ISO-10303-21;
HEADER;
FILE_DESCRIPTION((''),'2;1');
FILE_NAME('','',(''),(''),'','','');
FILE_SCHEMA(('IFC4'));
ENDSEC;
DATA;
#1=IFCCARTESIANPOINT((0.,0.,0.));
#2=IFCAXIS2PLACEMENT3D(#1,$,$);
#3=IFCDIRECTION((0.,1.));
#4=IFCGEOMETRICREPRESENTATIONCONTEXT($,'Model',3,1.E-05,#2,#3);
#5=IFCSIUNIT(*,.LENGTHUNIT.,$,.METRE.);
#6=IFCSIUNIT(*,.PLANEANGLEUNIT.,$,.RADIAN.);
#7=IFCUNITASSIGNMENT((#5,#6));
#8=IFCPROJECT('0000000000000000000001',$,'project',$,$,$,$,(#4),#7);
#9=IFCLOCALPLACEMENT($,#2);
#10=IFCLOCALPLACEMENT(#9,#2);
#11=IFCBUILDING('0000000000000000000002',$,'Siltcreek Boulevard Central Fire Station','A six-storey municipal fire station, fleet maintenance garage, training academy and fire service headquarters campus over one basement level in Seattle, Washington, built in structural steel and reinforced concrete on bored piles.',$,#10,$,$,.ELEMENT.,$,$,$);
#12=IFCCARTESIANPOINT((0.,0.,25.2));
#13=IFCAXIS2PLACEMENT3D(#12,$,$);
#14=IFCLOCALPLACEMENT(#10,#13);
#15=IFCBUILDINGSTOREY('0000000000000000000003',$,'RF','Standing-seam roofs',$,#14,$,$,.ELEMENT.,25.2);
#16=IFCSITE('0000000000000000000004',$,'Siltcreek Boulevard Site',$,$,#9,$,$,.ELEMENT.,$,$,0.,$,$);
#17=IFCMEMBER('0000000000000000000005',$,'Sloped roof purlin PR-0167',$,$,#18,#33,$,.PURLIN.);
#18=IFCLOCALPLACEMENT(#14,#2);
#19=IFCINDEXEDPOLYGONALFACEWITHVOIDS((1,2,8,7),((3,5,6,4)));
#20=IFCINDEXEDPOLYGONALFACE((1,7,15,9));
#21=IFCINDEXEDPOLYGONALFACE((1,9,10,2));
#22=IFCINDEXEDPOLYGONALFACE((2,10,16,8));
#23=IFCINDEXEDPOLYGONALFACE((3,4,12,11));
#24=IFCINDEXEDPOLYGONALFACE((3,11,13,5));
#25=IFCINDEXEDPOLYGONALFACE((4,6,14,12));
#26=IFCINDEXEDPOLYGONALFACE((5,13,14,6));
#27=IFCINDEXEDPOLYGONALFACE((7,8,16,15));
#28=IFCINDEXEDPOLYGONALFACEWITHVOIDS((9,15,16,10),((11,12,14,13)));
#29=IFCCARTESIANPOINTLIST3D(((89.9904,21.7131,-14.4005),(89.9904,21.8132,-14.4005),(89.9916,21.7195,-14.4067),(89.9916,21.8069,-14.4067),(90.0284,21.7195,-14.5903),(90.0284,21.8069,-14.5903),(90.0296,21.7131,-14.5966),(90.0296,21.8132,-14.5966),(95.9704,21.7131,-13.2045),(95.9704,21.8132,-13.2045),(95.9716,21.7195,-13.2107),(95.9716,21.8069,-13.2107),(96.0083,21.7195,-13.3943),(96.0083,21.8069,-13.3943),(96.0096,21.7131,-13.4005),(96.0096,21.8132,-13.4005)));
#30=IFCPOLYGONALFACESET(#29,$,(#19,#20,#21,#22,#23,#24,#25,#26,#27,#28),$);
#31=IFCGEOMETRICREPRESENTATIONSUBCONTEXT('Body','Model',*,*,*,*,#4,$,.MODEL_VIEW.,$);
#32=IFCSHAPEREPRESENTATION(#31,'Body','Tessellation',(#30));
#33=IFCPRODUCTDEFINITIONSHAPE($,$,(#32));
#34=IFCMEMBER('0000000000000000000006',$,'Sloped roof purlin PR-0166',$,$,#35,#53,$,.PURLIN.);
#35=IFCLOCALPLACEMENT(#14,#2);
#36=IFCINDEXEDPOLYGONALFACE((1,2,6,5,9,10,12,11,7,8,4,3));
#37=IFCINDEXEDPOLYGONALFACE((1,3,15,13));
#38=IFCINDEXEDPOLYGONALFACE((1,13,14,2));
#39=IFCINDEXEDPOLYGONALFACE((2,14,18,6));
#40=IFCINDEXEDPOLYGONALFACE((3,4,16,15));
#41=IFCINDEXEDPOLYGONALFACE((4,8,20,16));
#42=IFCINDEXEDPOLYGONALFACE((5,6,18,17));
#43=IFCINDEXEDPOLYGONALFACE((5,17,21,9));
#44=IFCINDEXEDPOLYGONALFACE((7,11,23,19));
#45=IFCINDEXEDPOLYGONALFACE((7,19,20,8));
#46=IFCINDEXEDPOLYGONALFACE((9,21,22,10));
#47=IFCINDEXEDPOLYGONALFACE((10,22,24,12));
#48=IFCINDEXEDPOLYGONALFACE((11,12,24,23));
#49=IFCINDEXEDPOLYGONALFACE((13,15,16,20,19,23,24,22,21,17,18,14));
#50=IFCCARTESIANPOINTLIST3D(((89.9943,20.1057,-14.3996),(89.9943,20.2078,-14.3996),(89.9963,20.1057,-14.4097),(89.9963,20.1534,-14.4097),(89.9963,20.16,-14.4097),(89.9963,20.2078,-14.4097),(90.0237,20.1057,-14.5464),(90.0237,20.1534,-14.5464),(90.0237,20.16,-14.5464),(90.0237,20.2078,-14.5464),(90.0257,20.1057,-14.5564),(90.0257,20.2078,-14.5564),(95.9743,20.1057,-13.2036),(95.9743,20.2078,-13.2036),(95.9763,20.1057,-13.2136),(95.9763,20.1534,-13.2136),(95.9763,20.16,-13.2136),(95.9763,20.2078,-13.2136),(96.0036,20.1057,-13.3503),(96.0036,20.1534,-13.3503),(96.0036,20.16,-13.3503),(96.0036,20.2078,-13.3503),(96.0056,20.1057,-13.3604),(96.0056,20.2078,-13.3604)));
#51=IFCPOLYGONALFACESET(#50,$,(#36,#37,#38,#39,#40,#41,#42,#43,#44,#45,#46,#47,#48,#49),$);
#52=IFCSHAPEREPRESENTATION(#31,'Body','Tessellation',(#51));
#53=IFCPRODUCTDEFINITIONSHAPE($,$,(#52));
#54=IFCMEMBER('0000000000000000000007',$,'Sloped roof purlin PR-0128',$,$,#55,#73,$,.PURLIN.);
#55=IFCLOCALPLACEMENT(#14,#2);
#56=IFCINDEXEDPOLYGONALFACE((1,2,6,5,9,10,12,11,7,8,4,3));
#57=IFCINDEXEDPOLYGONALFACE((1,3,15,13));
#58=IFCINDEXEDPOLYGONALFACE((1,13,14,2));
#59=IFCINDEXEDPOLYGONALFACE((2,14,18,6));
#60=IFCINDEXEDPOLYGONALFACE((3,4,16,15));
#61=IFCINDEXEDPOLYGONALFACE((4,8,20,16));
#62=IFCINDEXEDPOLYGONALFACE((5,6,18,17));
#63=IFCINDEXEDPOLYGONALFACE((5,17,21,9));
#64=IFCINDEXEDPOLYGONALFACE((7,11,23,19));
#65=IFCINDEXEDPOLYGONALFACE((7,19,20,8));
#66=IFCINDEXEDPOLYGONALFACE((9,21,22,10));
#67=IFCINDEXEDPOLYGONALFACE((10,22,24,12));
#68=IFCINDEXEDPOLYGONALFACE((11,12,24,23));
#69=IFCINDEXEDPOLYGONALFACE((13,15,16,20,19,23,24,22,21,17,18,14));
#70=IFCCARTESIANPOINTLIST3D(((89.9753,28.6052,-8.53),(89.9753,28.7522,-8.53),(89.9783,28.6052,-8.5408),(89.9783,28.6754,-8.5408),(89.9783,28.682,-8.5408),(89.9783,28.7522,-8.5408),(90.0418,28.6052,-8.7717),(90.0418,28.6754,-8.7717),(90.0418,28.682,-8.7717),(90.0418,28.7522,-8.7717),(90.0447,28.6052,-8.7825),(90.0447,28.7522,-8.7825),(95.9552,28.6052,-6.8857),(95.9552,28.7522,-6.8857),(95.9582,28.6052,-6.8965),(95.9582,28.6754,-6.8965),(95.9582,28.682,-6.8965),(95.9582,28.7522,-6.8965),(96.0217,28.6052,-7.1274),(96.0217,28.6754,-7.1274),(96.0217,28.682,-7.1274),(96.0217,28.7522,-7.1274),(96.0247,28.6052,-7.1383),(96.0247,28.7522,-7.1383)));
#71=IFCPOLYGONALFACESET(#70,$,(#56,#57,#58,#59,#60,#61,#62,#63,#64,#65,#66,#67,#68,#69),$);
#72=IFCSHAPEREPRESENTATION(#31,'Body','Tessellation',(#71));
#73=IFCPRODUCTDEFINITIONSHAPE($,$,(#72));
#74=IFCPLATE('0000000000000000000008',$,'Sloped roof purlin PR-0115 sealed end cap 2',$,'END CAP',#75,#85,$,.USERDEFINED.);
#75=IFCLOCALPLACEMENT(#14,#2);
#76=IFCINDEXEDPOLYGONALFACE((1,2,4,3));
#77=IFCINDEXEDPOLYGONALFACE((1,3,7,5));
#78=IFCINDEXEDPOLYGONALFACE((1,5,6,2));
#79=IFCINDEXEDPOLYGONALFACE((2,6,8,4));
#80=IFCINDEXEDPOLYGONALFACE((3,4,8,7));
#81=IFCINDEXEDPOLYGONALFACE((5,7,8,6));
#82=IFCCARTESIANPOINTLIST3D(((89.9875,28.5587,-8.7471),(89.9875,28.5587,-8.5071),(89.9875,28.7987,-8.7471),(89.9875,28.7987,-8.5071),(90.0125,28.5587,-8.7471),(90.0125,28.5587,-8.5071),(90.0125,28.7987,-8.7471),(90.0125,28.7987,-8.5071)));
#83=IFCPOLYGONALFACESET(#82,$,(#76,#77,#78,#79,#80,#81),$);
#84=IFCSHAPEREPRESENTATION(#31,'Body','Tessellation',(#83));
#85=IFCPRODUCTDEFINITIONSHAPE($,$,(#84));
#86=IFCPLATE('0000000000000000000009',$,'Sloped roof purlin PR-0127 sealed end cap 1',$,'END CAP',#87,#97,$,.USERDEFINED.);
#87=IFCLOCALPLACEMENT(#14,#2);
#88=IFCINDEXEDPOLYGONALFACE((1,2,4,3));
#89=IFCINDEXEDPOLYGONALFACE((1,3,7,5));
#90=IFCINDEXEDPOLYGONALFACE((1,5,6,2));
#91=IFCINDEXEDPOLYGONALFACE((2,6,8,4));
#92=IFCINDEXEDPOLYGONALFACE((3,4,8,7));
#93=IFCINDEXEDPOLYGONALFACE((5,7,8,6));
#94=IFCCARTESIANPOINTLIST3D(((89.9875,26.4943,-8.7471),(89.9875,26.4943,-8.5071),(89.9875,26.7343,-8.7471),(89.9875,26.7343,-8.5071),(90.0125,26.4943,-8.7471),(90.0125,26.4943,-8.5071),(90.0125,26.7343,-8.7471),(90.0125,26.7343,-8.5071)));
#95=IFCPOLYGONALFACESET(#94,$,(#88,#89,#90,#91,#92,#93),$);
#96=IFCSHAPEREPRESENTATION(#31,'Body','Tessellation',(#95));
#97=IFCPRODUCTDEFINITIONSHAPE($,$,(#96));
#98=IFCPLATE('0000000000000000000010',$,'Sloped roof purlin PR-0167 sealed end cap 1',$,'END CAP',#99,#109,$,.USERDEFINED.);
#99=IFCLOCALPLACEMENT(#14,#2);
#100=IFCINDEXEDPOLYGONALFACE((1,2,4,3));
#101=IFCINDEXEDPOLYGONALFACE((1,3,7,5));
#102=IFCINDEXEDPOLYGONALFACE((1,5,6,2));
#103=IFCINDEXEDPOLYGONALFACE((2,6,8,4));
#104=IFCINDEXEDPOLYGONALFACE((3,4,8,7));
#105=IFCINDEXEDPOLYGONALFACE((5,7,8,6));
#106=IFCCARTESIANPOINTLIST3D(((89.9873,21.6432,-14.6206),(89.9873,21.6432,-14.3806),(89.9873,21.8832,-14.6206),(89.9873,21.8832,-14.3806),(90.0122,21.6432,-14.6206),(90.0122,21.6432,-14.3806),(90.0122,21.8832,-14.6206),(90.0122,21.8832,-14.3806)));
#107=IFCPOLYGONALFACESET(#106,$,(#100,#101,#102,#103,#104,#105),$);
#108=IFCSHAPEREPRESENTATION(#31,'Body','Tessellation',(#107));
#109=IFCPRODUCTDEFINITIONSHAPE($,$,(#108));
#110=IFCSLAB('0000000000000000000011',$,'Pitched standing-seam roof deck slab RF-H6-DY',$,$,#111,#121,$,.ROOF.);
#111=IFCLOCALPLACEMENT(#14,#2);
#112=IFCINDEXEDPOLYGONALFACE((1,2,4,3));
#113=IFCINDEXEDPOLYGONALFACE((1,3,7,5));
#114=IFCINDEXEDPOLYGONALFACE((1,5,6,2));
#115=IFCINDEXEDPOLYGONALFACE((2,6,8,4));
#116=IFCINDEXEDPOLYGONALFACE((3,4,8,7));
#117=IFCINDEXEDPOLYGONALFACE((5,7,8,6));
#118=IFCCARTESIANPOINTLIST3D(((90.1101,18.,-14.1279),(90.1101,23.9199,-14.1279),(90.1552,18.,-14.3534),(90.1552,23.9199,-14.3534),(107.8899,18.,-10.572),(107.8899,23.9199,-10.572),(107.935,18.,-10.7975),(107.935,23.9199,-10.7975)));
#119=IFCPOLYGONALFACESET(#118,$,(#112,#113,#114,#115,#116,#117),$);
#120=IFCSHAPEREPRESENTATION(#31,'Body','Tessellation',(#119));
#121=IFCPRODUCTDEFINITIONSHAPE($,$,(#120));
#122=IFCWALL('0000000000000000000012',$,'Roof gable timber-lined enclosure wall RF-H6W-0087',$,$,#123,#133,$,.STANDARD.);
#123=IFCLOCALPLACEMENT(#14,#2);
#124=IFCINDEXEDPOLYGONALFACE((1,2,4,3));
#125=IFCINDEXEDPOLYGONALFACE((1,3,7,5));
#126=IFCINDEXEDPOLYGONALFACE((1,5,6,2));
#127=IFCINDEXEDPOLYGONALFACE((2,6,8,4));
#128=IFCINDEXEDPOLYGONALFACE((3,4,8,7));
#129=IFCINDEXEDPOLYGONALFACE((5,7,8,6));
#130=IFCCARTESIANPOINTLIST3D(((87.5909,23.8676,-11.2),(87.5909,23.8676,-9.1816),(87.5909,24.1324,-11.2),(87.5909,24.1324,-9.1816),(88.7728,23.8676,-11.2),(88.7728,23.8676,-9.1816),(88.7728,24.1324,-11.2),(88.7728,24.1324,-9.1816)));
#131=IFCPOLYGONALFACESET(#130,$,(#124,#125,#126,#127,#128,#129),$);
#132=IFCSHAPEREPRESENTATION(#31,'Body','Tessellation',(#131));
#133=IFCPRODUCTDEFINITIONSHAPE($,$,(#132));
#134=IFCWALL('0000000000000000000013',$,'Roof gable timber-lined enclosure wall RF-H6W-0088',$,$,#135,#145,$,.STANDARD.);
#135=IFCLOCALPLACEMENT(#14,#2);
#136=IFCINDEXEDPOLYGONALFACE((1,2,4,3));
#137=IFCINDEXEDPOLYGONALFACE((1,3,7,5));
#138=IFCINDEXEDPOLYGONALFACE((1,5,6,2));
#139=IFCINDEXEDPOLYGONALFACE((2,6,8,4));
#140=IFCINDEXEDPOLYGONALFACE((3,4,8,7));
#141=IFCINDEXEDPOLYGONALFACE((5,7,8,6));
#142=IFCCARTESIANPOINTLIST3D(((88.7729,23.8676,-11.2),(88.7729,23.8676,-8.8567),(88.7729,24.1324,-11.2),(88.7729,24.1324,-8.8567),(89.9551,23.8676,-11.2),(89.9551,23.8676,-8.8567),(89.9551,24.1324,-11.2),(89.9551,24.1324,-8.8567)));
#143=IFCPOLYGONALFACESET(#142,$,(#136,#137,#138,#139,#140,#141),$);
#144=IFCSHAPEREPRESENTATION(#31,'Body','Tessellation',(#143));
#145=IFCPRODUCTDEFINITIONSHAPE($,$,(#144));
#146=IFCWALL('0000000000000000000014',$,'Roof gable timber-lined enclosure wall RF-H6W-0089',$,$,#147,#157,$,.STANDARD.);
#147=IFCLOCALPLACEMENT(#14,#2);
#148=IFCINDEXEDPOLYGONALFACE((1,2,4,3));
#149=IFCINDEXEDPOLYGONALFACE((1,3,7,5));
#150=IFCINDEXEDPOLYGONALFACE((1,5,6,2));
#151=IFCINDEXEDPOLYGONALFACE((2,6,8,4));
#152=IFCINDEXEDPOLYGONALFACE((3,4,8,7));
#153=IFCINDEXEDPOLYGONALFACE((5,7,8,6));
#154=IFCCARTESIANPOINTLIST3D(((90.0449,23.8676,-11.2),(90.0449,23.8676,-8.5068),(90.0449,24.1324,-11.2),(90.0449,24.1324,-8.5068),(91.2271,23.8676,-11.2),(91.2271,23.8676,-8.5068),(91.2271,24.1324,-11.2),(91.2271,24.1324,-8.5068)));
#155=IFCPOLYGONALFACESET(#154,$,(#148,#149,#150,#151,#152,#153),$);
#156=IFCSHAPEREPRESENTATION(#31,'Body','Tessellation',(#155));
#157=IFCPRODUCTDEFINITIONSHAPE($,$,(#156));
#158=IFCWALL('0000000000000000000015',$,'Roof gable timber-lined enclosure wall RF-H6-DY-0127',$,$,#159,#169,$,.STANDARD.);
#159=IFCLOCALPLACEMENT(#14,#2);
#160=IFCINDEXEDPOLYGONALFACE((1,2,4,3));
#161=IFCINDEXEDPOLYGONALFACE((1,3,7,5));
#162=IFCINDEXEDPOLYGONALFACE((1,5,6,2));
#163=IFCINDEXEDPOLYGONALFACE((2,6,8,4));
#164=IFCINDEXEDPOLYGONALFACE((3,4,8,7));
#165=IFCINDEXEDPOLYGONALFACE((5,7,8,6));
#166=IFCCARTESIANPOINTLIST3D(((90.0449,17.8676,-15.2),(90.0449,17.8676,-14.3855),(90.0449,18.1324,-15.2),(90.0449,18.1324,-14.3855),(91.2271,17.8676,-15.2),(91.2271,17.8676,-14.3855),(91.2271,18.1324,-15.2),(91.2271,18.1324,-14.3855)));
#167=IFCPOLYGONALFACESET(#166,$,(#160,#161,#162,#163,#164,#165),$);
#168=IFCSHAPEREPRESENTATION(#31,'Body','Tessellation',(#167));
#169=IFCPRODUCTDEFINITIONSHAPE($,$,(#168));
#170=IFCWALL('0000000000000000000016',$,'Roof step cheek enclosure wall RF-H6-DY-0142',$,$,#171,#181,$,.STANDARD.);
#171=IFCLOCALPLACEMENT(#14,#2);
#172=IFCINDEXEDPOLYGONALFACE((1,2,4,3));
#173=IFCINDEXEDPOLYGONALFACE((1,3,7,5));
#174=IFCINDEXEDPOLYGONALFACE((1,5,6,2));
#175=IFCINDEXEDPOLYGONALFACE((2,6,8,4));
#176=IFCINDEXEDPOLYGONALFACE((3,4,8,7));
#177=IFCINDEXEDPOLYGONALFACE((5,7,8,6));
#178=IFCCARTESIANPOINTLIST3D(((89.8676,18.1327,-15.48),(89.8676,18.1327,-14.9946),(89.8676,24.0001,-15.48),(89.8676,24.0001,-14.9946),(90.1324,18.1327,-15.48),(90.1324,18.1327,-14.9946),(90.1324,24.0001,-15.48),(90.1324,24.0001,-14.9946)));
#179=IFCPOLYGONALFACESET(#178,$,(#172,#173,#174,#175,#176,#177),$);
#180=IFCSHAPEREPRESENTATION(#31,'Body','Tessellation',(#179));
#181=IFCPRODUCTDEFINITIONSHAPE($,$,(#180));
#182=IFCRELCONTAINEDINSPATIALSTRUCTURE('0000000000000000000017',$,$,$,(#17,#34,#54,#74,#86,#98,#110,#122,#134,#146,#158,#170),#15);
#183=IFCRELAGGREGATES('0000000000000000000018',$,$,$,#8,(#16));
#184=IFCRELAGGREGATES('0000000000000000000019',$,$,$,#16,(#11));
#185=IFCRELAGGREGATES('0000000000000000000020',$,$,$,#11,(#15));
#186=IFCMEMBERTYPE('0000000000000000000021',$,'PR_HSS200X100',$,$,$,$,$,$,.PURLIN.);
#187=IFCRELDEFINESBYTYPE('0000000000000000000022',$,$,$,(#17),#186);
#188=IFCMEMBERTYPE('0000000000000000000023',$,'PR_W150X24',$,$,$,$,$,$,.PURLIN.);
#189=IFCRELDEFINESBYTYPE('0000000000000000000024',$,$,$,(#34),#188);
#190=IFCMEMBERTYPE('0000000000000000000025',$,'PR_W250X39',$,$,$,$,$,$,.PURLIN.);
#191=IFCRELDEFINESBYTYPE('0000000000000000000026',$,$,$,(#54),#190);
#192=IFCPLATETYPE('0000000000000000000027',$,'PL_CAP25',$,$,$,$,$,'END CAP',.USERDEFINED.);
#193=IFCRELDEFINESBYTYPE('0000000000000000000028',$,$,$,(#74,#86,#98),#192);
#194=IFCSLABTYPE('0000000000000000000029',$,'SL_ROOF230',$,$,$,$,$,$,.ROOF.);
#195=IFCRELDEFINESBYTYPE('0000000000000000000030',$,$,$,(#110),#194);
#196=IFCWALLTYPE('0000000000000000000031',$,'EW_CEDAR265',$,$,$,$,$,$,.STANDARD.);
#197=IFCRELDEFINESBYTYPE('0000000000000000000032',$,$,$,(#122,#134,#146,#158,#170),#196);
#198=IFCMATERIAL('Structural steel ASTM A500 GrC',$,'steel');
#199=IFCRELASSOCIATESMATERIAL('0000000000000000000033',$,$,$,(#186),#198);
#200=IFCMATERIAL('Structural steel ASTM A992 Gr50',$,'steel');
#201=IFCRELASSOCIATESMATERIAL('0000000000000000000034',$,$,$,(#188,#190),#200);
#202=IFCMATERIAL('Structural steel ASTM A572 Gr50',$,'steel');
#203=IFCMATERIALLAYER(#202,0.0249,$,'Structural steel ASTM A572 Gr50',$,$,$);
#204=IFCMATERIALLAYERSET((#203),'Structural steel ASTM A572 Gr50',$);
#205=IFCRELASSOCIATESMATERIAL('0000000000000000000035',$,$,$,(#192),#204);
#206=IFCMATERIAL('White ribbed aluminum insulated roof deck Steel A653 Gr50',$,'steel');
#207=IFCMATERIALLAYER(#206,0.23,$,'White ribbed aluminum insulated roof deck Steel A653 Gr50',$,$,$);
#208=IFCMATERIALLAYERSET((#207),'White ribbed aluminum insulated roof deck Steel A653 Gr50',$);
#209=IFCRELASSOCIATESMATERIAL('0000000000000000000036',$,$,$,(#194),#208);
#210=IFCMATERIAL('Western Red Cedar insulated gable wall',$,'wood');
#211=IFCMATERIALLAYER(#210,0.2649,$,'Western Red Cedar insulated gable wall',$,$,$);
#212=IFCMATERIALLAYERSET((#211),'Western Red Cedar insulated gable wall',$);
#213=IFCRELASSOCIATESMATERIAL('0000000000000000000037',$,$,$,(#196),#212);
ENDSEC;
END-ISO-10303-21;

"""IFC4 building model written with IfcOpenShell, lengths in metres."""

from ifc_helpers import new_model, si_unit, direction, frame, frame_2d, origin, origin_2d, place, context, subcontext, project, spatial, polyline, rectangle, hollow_rectangle, i_section, outline, extrude, material, layer, layer_set, material_profile, profile_set, type_object, element, save


model = new_model("IFC4")

# Units and contexts
model_context = context("Model", 3, precision=1e-05, world=origin(), true_north=direction((0.0, 1.0)))
body_context = subcontext(model_context, "Body", "Model", "MODEL_VIEW")
ifc_project = project(units=[si_unit("LENGTHUNIT", "METRE"), si_unit("PLANEANGLEUNIT", "RADIAN")], contexts=[model_context])

# Site, building, storey
site_placement = place(None, origin())
site = spatial("IfcSite", under=ifc_project, at=site_placement, Name="Siltcreek Boulevard Site", CompositionType="ELEMENT", RefElevation=0.0)
building_placement = place(site_placement, origin())
building = spatial("IfcBuilding", under=site, at=building_placement, Name="Siltcreek Boulevard Central Fire Station", Description="A six-storey municipal fire station, fleet maintenance garage, training academy and fire service headquarters campus over one basement level in Seattle, Washington, built in structural steel and reinforced concrete on bored piles.", CompositionType="ELEMENT")
storey_placement = place(building_placement, frame((0.0, 0.0, 25.2)))
storey = spatial("IfcBuildingStorey", under=building, at=storey_placement, Name="RF", Description="Standing-seam roofs", CompositionType="ELEMENT", Elevation=25.2)

# Shared definitions
ifc_material_1 = material(Name="Structural steel ASTM A992 Gr50", Category="steel")

# Members
ifc_material_2 = material(Name="Structural steel ASTM A500 GrC", Category="steel")
ifc_material_profile_1 = material_profile(ifc_material_2, hollow_rectangle(XDim=0.1001, YDim=0.2, WallThickness=0.0063, at=origin_2d()), Name="HSS200X100X6.4")
ifc_profile_set_1 = profile_set([ifc_material_profile_1], Name="Structural steel ASTM A500 GrC")
member_type_1 = type_object("IfcMemberType", Name="PR_HSS200X100", PredefinedType="PURLIN", material=ifc_profile_set_1)
member_1_placement = place(storey_placement, frame((90.01, 21.7632, -14.4985), z_axis=(0.980579, 0.0, 0.196124), x_axis=(0.0, 1.0, 0.0)))
element("IfcMember", 1, at=member_1_placement, inside=storey, type_object=member_type_1, Name="Sloped roof purlin PR-0167", PredefinedType="PURLIN", context=body_context, shape_type="SweptSolid", body=[
    extrude(hollow_rectangle(XDim=0.1001, YDim=0.2, WallThickness=0.0063, at=origin_2d()), origin(), (0.0, 0.0, 1.0), 6.0984),
])
ifc_material_profile_2 = material_profile(ifc_material_1, i_section(OverallWidth=0.1021, OverallDepth=0.1599, WebThickness=0.0066, FlangeThickness=0.0103, at=origin_2d()), Name="W150X24")
ifc_profile_set_2 = profile_set([ifc_material_profile_2], Name="Structural steel ASTM A992 Gr50")
member_type_2 = type_object("IfcMemberType", Name="PR_W150X24", PredefinedType="PURLIN", material=ifc_profile_set_2)
member_2_placement = place(storey_placement, frame((90.01, 20.1567, -14.478), z_axis=(0.980579, 0.0, 0.196124), x_axis=(0.0, 1.0, 0.0)))
element("IfcMember", 2, at=member_2_placement, inside=storey, type_object=member_type_2, Name="Sloped roof purlin PR-0166", PredefinedType="PURLIN", context=body_context, shape_type="SweptSolid", body=[
    extrude(i_section(OverallWidth=0.1021, OverallDepth=0.1599, WebThickness=0.0066, FlangeThickness=0.0103, at=origin_2d()), origin(), (0.0, 0.0, 1.0), 6.0984),
])
ifc_material_profile_3 = material_profile(ifc_material_1, i_section(OverallWidth=0.147, OverallDepth=0.262, WebThickness=0.0066, FlangeThickness=0.0112, at=origin_2d()), Name="W250X39")
ifc_profile_set_3 = profile_set([ifc_material_profile_3], Name="Structural steel ASTM A992 Gr50")
member_type_3 = type_object("IfcMemberType", Name="PR_W250X39", PredefinedType="PURLIN", material=ifc_profile_set_3)
member_3_placement = place(storey_placement, frame((90.01, 28.6787, -8.6562), z_axis=(0.964214, 0.0, 0.265125), x_axis=(0.0, 1.0, 0.0)))
element("IfcMember", 3, at=member_3_placement, inside=storey, type_object=member_type_3, Name="Sloped roof purlin PR-0128", PredefinedType="PURLIN", context=body_context, shape_type="SweptSolid", body=[
    extrude(i_section(OverallWidth=0.147, OverallDepth=0.262, WebThickness=0.0066, FlangeThickness=0.0112, at=origin_2d()), origin(), (0.0, 0.0, 1.0), 6.2019),
])

# Plates
ifc_material_3 = material(Name="Structural steel ASTM A572 Gr50", Category="steel")
ifc_layer_1 = layer(ifc_material_3, 0.0249, Name="Structural steel ASTM A572 Gr50")
ifc_layer_set_1 = layer_set([ifc_layer_1], Name="Structural steel ASTM A572 Gr50")
plate_type = type_object("IfcPlateType", Name="PL_CAP25", ElementType="END CAP", PredefinedType="USERDEFINED", material=ifc_layer_set_1)
for number, where, z_axis, x_axis, name in (
    (4, (90.0, 28.6787, -8.7471), (0.0, 0.0, 1.0), (1.0, 0.0, 0.0), "Sloped roof purlin PR-0115 sealed end cap 2"),
    (5, (90.0, 26.6143, -8.7471), (0.0, 0.0, 1.0), (1.0, 0.0, 0.0), "Sloped roof purlin PR-0127 sealed end cap 1"),
    (6, (89.9998, 21.7632, -14.6206), (0.0, 0.0, 1.0), (1.0, 0.0, 0.0), "Sloped roof purlin PR-0167 sealed end cap 1"),
):
    element("IfcPlate", number, at=place(storey_placement, frame(where, z_axis=z_axis, x_axis=x_axis)), inside=storey, type_object=plate_type, Name=name, ObjectType="END CAP", PredefinedType="USERDEFINED", context=body_context, shape_type="SweptSolid", body=[
        extrude(rectangle(XDim=0.0249, YDim=0.24, at=origin_2d()), origin(), (0.0, 0.0, 1.0), 0.24),
    ])

# Slab
ifc_material_4 = material(Name="White ribbed aluminum insulated roof deck Steel A653 Gr50", Category="steel")
ifc_layer_2 = layer(ifc_material_4, 0.23, Name="White ribbed aluminum insulated roof deck Steel A653 Gr50")
ifc_layer_set_2 = layer_set([ifc_layer_2], Name="White ribbed aluminum insulated roof deck Steel A653 Gr50")
slab_type = type_object("IfcSlabType", Name="SL_ROOF230", PredefinedType="ROOF", material=ifc_layer_set_2)
slab_placement = place(storey_placement, frame((90.1101, 18.0, -14.1279), z_axis=(-0.196114, 0.0, 0.980581), x_axis=(0.980581, 0.0, 0.196114)))
element("IfcSlab", 7, at=slab_placement, inside=storey, type_object=slab_type, Name="Pitched standing-seam roof deck slab RF-H6-DY", PredefinedType="ROOF", context=body_context, shape_type="SweptSolid", body=[
    extrude(outline(polyline([(0.0, 0.0), (18.1319, 0.0), (18.1319, 5.9199), (0.0, 5.9199), (0.0, 0.0)])), origin(), (0.0, 0.0, -1.0), 0.23),
])

# Walls
ifc_material_5 = material(Name="Western Red Cedar insulated gable wall", Category="wood")
ifc_layer_3 = layer(ifc_material_5, 0.2649, Name="Western Red Cedar insulated gable wall")
ifc_layer_set_3 = layer_set([ifc_layer_3], Name="Western Red Cedar insulated gable wall")
wall_type = type_object("IfcWallType", Name="EW_CEDAR265", PredefinedType="STANDARD", material=ifc_layer_set_3)
wall_1_placement = place(storey_placement, frame((87.5911, 24.0, -11.2), z_axis=(0.0, 0.0, 1.0), x_axis=(1.0, 0.0, 0.0)))
element("IfcWall", 8, at=wall_1_placement, inside=storey, type_object=wall_type, Name="Roof gable timber-lined enclosure wall RF-H6W-0087", PredefinedType="STANDARD", context=body_context, shape_type="SweptSolid", body=[
    extrude(rectangle(XDim=1.1819, YDim=0.2649, at=frame_2d((0.5908, 0.0))), origin(), (0.0, 0.0, 1.0), 2.0183),
])
wall_2_placement = place(storey_placement, frame((88.7729, 24.0, -11.2), z_axis=(0.0, 0.0, 1.0), x_axis=(1.0, 0.0, 0.0)))
element("IfcWall", 9, at=wall_2_placement, inside=storey, type_object=wall_type, Name="Roof gable timber-lined enclosure wall RF-H6W-0088", PredefinedType="STANDARD", context=body_context, shape_type="SweptSolid", body=[
    extrude(rectangle(XDim=1.1821, YDim=0.2649, at=frame_2d((0.5911, 0.0))), origin(), (0.0, 0.0, 1.0), 2.3433),
])
wall_3_placement = place(storey_placement, frame((90.0449, 24.0, -11.2), z_axis=(0.0, 0.0, 1.0), x_axis=(1.0, 0.0, 0.0)))
element("IfcWall", 10, at=wall_3_placement, inside=storey, type_object=wall_type, Name="Roof gable timber-lined enclosure wall RF-H6W-0089", PredefinedType="STANDARD", context=body_context, shape_type="SweptSolid", body=[
    extrude(rectangle(XDim=1.1821, YDim=0.2649, at=frame_2d((0.5911, 0.0))), origin(), (0.0, 0.0, 1.0), 2.6931),
])
wall_4_placement = place(storey_placement, frame((90.0449, 18.0, -15.2), z_axis=(0.0, 0.0, 1.0), x_axis=(1.0, 0.0, 0.0)))
element("IfcWall", 11, at=wall_4_placement, inside=storey, type_object=wall_type, Name="Roof gable timber-lined enclosure wall RF-H6-DY-0127", PredefinedType="STANDARD", context=body_context, shape_type="SweptSolid", body=[
    extrude(rectangle(XDim=1.1821, YDim=0.2649, at=frame_2d((0.5911, 0.0))), origin(), (0.0, 0.0, 1.0), 0.8145),
])
wall_5_placement = place(storey_placement, frame((90.0, 24.0, -15.48), z_axis=(0.0, 0.0, 1.0), x_axis=(0.0, -1.0, 0.0)))
element("IfcWall", 12, at=wall_5_placement, inside=storey, type_object=wall_type, Name="Roof step cheek enclosure wall RF-H6-DY-0142", PredefinedType="STANDARD", context=body_context, shape_type="SweptSolid", body=[
    extrude(rectangle(XDim=5.8674, YDim=0.2649, at=frame_2d((2.9336, 0.0))), origin(), (0.0, 0.0, 1.0), 0.4854),
])

save(model, "model.ifc")
